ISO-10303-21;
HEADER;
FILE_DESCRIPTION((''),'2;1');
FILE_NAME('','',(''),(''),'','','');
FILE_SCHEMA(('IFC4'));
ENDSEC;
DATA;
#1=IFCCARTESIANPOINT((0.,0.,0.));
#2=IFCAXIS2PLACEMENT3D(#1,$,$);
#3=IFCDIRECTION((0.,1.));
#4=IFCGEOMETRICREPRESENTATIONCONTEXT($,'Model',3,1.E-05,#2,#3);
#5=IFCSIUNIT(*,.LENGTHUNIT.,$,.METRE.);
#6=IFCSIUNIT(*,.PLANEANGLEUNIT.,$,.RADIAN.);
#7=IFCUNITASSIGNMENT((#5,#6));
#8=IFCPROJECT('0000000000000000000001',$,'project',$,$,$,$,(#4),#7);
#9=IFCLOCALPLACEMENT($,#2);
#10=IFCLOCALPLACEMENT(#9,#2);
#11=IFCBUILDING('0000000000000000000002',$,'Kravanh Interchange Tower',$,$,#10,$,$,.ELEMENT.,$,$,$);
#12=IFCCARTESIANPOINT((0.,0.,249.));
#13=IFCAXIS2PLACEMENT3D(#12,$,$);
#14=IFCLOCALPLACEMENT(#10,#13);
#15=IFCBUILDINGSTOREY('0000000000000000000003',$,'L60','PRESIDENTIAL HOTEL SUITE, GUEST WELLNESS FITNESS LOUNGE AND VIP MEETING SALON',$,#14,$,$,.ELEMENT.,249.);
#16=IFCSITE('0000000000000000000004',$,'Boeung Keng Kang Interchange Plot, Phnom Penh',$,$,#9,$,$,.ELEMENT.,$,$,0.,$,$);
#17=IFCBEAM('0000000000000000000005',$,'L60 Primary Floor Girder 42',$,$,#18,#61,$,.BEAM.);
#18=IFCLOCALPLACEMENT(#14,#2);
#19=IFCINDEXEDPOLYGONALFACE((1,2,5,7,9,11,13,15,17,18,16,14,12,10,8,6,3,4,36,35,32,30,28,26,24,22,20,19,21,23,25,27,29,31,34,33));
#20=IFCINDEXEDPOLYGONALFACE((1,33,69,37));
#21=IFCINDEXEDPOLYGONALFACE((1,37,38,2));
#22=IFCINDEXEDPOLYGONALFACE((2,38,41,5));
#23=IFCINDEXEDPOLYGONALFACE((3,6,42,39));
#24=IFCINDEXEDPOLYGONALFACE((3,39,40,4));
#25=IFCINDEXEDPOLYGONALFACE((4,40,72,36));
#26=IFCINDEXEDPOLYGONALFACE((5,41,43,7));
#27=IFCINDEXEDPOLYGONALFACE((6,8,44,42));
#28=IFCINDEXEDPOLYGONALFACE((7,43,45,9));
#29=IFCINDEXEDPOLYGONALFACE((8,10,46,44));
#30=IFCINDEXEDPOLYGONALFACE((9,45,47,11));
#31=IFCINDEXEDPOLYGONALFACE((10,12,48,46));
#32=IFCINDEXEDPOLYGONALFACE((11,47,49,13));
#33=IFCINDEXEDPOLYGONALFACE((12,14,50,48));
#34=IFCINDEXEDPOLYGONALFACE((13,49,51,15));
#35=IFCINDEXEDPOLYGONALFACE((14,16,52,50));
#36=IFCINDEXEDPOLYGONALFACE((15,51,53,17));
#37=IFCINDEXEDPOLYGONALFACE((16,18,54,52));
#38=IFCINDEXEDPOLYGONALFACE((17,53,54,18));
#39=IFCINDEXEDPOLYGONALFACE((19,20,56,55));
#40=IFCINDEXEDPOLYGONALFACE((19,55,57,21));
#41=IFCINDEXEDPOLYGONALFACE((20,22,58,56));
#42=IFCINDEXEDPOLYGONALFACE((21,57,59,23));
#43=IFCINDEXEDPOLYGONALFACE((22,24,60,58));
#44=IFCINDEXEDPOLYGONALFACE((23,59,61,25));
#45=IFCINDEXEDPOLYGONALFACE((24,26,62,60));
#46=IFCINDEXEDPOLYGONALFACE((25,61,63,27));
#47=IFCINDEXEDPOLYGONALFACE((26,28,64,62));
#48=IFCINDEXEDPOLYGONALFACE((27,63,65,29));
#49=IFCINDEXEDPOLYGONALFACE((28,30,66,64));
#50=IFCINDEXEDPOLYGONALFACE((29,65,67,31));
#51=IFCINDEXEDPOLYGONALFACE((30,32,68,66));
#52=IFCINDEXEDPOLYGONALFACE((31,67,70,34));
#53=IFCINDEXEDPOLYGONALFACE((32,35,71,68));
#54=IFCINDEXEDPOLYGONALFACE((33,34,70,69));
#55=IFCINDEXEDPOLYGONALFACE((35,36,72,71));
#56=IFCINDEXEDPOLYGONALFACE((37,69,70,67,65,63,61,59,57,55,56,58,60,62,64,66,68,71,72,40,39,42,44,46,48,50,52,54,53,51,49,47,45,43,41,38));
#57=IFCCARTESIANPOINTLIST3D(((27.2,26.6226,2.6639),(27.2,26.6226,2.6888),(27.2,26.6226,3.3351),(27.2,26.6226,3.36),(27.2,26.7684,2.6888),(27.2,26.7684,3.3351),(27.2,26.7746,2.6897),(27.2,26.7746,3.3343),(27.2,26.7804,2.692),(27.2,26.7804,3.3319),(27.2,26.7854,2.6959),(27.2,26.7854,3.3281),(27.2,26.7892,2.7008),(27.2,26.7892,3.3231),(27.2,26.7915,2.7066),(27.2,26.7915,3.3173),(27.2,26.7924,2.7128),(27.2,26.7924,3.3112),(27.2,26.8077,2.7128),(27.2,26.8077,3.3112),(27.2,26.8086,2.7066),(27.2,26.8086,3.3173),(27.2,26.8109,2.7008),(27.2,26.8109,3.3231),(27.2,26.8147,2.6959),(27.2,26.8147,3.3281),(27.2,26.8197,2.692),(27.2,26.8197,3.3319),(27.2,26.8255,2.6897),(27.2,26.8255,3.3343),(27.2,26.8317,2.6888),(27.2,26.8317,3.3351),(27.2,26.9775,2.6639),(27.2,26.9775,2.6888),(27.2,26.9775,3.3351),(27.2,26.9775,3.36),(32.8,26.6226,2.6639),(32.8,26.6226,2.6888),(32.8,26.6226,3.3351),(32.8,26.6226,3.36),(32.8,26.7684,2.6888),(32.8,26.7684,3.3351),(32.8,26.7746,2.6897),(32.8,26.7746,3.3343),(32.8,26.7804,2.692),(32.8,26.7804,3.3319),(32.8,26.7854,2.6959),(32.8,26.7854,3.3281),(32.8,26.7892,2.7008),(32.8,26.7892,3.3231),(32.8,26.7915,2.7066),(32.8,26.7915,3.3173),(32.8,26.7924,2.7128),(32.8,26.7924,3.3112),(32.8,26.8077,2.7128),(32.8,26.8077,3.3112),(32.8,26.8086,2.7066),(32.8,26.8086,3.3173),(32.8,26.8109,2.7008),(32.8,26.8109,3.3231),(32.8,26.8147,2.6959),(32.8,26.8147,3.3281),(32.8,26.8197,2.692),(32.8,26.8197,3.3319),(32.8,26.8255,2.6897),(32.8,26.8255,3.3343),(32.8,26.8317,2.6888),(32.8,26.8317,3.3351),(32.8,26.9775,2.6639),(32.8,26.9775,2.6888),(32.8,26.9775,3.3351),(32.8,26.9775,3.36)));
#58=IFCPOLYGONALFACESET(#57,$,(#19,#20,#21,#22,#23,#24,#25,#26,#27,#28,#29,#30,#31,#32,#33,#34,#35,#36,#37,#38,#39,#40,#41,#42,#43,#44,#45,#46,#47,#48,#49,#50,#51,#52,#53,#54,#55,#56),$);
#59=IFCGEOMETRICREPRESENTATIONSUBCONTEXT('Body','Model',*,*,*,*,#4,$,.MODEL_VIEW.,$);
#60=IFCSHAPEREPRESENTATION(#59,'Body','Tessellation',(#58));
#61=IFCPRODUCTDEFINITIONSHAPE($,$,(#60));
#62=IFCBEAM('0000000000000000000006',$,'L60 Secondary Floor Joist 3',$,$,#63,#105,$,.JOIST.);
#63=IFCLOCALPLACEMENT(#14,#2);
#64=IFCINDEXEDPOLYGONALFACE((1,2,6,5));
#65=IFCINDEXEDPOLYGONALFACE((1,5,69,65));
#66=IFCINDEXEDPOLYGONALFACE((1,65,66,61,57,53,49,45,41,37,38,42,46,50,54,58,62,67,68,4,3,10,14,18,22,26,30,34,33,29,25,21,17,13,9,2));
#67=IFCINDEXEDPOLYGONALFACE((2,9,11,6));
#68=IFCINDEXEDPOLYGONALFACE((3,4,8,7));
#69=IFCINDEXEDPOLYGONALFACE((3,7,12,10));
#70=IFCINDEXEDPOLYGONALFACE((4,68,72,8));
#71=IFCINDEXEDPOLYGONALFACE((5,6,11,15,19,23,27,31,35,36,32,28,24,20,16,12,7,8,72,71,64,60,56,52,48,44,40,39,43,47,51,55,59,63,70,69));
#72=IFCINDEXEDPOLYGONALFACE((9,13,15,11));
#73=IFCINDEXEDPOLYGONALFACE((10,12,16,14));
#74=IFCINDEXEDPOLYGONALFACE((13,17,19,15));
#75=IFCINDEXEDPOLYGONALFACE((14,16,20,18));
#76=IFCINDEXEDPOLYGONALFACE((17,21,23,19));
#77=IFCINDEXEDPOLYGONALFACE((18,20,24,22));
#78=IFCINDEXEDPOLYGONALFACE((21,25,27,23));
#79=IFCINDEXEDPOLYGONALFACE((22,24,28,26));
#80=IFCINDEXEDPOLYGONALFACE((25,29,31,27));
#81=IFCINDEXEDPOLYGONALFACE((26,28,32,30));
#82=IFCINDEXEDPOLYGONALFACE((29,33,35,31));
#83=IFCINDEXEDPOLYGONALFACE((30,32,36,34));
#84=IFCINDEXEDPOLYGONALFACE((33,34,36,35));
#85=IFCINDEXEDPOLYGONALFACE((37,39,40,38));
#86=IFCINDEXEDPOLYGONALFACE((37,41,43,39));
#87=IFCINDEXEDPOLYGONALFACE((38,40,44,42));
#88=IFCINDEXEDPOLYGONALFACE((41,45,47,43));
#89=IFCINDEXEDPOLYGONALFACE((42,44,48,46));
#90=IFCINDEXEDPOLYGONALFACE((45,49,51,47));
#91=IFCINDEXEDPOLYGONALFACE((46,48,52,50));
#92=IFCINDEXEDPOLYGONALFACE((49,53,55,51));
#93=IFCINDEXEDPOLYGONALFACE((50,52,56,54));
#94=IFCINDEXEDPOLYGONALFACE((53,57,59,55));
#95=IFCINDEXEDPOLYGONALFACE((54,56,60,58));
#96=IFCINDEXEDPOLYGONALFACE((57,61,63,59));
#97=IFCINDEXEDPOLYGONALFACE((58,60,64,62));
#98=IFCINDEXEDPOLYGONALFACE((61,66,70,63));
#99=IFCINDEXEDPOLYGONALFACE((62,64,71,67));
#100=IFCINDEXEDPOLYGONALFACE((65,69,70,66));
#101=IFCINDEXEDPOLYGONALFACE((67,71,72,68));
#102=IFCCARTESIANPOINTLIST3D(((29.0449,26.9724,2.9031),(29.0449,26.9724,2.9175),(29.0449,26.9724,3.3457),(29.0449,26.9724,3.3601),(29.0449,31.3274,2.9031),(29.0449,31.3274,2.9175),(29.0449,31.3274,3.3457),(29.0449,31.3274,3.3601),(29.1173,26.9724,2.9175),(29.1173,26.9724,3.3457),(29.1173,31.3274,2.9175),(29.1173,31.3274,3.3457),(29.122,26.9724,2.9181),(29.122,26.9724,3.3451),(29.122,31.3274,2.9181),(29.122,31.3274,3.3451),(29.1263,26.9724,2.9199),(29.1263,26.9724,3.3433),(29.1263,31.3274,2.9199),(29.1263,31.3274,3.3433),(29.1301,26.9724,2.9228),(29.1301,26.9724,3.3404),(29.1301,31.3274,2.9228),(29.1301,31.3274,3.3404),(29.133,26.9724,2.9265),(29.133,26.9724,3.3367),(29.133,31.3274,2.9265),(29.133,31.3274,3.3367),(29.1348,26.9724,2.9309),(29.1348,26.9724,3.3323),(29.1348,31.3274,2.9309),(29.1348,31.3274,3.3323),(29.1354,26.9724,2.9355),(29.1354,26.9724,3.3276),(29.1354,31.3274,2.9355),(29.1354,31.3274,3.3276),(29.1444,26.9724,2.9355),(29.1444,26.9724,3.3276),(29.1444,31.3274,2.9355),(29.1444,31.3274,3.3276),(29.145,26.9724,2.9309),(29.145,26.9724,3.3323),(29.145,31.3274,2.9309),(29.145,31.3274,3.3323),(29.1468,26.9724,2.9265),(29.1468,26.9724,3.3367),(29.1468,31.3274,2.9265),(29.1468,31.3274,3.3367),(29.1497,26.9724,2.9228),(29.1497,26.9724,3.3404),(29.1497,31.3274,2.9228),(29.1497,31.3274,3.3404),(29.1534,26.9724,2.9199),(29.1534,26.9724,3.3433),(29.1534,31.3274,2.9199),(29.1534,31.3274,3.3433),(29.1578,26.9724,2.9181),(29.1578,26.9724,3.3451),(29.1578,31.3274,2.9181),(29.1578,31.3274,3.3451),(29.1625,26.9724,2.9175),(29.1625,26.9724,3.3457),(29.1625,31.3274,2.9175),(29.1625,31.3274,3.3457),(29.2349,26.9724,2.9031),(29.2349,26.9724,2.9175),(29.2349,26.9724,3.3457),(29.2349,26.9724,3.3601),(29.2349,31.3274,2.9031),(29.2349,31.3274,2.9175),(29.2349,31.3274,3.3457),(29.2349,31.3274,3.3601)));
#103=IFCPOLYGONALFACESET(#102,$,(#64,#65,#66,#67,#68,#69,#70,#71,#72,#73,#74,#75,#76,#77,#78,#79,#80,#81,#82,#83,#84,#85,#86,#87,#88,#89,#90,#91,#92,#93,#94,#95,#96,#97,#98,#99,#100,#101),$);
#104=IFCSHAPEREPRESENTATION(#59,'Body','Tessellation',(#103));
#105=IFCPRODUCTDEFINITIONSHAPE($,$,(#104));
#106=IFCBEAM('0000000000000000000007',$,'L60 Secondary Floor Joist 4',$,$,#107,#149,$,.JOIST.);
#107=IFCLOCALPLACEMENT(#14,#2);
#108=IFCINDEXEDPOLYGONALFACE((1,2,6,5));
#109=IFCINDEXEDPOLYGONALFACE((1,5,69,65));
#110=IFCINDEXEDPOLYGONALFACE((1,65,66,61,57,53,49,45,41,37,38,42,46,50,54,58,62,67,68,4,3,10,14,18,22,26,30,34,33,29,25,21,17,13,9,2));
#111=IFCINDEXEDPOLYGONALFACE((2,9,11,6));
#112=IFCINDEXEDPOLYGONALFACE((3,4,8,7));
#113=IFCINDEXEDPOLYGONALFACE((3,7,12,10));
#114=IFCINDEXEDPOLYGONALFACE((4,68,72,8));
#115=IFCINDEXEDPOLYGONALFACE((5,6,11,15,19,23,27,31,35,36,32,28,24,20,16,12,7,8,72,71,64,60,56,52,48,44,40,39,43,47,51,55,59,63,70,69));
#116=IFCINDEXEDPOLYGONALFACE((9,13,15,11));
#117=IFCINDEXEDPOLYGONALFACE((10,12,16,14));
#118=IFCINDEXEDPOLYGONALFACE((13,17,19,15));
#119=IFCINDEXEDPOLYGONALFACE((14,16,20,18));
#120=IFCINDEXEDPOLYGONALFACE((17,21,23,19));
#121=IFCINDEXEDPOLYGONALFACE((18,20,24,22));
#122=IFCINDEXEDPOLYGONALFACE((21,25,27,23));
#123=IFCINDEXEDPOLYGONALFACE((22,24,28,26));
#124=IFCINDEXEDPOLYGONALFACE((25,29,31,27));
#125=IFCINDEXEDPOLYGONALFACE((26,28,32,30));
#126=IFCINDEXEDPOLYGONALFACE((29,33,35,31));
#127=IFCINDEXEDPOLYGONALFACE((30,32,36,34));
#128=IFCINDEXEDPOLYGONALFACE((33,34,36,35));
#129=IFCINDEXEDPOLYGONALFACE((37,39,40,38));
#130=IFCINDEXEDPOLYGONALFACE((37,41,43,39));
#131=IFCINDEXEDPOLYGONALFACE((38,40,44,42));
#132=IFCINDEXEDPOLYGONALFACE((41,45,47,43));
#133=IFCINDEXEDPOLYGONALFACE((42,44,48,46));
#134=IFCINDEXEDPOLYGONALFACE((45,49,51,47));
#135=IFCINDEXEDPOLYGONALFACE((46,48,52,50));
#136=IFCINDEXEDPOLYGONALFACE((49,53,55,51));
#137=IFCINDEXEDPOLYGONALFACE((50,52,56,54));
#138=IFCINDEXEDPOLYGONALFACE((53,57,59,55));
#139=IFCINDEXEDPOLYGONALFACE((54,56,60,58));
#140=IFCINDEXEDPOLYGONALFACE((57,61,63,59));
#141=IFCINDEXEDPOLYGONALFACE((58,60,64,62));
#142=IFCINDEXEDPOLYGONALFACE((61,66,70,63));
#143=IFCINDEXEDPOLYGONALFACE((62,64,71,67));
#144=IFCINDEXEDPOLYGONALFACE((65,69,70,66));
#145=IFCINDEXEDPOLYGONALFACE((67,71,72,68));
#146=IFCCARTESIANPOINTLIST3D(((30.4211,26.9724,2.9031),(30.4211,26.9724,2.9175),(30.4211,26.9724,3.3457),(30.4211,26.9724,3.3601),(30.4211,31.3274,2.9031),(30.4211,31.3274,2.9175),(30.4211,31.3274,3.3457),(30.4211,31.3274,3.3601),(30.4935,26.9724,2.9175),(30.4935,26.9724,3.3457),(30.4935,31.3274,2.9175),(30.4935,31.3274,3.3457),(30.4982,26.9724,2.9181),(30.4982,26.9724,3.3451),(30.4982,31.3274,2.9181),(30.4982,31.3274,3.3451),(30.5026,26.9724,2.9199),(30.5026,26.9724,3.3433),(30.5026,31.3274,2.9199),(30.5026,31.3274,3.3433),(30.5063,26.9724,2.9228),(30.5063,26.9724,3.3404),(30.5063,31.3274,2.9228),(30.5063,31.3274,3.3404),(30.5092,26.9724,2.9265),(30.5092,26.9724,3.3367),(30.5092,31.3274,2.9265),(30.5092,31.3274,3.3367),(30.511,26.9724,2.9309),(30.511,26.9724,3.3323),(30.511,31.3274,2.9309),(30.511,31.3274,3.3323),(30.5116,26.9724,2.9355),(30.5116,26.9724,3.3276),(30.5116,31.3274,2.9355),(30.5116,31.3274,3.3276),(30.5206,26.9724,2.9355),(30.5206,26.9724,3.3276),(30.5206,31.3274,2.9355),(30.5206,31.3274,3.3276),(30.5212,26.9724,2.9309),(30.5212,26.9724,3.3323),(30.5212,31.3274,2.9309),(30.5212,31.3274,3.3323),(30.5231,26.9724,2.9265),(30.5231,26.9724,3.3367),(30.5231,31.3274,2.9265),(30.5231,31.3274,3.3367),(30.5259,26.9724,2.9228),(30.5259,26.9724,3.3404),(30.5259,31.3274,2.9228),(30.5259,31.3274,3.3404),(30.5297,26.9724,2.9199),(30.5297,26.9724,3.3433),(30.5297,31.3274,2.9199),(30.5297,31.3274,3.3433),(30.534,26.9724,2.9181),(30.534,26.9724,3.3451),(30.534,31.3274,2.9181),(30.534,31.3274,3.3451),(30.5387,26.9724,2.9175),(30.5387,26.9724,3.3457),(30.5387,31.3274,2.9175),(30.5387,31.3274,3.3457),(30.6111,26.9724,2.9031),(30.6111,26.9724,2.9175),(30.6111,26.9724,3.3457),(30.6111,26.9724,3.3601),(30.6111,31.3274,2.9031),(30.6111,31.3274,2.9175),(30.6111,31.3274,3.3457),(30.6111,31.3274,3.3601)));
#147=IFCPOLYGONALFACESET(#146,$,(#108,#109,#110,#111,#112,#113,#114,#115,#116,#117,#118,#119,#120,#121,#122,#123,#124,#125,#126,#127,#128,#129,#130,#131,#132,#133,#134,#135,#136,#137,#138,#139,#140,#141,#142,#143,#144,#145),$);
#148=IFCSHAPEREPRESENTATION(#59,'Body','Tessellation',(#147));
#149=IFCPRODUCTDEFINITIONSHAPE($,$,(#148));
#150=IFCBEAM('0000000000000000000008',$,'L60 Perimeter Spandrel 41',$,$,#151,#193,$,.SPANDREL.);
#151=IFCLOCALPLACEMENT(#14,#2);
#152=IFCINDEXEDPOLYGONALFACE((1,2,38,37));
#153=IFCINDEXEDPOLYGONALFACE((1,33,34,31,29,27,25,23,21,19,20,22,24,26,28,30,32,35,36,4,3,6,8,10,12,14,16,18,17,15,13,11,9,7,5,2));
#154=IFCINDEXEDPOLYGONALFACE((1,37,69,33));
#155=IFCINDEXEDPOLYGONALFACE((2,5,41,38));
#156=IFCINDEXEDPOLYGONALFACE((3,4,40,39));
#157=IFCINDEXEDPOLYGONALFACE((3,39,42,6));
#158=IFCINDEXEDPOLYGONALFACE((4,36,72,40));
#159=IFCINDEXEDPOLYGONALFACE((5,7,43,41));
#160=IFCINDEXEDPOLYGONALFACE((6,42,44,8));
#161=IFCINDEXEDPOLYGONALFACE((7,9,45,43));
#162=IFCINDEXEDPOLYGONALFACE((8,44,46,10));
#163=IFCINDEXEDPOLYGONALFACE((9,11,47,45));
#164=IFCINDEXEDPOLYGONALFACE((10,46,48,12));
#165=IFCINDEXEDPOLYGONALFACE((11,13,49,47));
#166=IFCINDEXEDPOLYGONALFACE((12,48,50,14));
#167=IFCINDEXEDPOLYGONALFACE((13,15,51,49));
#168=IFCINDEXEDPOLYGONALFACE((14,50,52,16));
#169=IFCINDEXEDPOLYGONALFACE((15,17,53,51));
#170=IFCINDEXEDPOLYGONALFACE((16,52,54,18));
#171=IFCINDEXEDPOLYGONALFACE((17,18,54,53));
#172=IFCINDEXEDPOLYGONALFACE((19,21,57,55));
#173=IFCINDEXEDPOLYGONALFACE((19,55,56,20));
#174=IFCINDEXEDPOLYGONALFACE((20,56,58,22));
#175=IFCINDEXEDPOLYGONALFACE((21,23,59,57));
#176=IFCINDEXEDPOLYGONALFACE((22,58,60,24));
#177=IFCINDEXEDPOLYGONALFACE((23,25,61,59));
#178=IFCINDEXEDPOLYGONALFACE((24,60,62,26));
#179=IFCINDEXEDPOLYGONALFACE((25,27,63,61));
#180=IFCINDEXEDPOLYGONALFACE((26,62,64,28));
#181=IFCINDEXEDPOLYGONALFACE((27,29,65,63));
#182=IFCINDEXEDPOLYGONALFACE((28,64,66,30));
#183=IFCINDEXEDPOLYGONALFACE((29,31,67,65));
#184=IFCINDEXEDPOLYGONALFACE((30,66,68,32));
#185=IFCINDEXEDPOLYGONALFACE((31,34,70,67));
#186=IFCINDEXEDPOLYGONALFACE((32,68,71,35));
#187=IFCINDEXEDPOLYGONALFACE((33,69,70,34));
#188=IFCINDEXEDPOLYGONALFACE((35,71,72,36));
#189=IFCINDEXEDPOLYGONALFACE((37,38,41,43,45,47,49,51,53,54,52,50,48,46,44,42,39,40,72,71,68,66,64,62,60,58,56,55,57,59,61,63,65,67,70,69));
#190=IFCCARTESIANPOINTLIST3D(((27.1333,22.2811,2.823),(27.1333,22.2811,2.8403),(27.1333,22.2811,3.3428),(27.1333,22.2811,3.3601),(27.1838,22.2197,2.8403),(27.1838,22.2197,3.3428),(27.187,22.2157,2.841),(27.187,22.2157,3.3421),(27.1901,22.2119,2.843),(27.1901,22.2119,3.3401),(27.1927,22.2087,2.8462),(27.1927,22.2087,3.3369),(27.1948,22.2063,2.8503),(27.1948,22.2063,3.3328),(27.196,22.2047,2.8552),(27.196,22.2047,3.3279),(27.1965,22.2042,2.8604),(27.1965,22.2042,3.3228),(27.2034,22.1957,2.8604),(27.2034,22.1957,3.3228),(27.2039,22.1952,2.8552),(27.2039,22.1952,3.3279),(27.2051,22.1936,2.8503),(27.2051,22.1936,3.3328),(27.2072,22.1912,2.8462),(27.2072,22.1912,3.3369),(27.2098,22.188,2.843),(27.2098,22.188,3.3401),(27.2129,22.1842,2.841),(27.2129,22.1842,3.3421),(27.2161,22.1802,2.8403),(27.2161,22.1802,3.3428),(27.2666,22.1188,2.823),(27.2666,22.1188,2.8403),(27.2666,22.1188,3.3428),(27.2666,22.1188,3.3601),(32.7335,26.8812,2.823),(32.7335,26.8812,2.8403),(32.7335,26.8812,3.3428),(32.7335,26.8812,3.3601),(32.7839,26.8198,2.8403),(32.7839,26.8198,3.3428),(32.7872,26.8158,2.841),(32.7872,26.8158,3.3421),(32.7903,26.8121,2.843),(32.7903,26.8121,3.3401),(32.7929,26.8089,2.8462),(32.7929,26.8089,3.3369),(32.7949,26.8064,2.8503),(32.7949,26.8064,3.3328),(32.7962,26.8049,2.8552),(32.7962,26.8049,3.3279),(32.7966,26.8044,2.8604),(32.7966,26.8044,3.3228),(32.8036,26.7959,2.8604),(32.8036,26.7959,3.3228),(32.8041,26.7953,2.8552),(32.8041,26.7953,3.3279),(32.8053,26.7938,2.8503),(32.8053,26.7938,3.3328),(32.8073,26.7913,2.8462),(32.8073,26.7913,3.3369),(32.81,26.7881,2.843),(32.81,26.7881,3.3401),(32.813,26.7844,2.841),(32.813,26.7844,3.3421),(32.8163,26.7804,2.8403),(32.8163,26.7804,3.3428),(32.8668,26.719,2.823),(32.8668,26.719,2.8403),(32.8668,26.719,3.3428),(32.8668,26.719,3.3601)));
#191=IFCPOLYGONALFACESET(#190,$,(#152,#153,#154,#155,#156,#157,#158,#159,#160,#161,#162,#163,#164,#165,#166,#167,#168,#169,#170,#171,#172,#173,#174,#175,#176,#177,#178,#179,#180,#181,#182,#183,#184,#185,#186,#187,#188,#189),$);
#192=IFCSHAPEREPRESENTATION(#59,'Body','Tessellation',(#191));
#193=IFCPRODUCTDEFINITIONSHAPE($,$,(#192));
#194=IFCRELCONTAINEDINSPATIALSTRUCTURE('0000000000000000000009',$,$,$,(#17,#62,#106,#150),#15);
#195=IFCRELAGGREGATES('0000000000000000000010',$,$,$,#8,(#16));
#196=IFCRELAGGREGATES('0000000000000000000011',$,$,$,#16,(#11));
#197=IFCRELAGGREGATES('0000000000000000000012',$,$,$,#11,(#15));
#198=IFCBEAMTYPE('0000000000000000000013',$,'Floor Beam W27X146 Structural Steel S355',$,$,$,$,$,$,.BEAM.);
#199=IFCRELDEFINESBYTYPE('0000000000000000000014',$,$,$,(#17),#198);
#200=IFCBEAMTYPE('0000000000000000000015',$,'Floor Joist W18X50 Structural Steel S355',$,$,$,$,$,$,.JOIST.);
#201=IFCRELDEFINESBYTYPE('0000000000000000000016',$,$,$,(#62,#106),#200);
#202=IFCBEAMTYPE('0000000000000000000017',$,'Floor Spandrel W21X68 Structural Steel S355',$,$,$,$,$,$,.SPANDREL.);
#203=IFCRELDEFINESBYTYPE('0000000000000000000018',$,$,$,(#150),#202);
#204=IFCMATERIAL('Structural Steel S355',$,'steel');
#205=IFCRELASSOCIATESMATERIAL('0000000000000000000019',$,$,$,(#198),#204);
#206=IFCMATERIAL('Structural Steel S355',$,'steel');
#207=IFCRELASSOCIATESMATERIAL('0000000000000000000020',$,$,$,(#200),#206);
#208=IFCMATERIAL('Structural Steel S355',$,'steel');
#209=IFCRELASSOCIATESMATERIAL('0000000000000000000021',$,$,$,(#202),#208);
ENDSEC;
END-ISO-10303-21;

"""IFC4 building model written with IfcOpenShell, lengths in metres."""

from ifc_helpers import new_model, si_unit, direction, frame, origin, origin_2d, place, context, subcontext, project, spatial, i_section, extrude, material, material_profile, profile_set, type_object, element, save


model = new_model("IFC4")

# Units and contexts
model_context = context("Model", 3, precision=1e-05, world=origin(), true_north=direction((0.0, 1.0)))
body_context = subcontext(model_context, "Body", "Model", "MODEL_VIEW")
ifc_project = project(units=[si_unit("LENGTHUNIT", "METRE"), si_unit("PLANEANGLEUNIT", "RADIAN")], contexts=[model_context])

# Site, building, storey
site_placement = place(None, origin())
site = spatial("IfcSite", under=ifc_project, at=site_placement, Name="Boeung Keng Kang Interchange Plot, Phnom Penh", CompositionType="ELEMENT", RefElevation=0.0)
building_placement = place(site_placement, origin())
building = spatial("IfcBuilding", under=site, at=building_placement, Name="Kravanh Interchange Tower", CompositionType="ELEMENT")
storey_placement = place(building_placement, frame((0.0, 0.0, 249.0)))
storey = spatial("IfcBuildingStorey", under=building, at=storey_placement, Name="L60", Description="PRESIDENTIAL HOTEL SUITE, GUEST WELLNESS FITNESS LOUNGE AND VIP MEETING SALON", CompositionType="ELEMENT", Elevation=249.0)

# Beams
ifc_material_1 = material(Name="Structural Steel S355", Category="steel")
ifc_material_profile_1 = material_profile(ifc_material_1, i_section(OverallWidth=0.355, OverallDepth=0.696, WebThickness=0.0154, FlangeThickness=0.0249, FilletRadius=0.0239, at=origin_2d()), Name="W27X146")
ifc_profile_set_1 = profile_set([ifc_material_profile_1], Name="Structural Steel S355")
beam_type_1 = type_object("IfcBeamType", Name="Floor Beam W27X146 Structural Steel S355", PredefinedType="BEAM", material=ifc_profile_set_1)
beam_1_placement = place(storey_placement, frame((27.2, 26.8, 3.012), z_axis=(1.0, 0.0, 0.0), x_axis=(0.0, 1.0, 0.0)))
element("IfcBeam", 1, at=beam_1_placement, inside=storey, type_object=beam_type_1, Name="L60 Primary Floor Girder 42", PredefinedType="BEAM", context=body_context, shape_type="SweptSolid", body=[
    extrude(i_section(OverallWidth=0.355, OverallDepth=0.696, WebThickness=0.0154, FlangeThickness=0.0249, FilletRadius=0.0239, at=origin_2d()), origin(), (0.0, 0.0, 1.0), 5.6001),
])
ifc_material_2 = material(Name="Structural Steel S355", Category="steel")
ifc_material_profile_2 = material_profile(ifc_material_2, i_section(OverallWidth=0.1899, OverallDepth=0.457, WebThickness=0.009, FlangeThickness=0.0144, FilletRadius=0.0181, at=origin_2d()), Name="W18X50")
ifc_profile_set_2 = profile_set([ifc_material_profile_2], Name="Structural Steel S355")
beam_type_2 = type_object("IfcBeamType", Name="Floor Joist W18X50 Structural Steel S355", PredefinedType="JOIST", material=ifc_profile_set_2)
for number, where, z_axis, x_axis, name in (
    (2, (29.1399, 26.9724, 3.1316), (0.0, 1.0, 0.0), (-1.0, 0.0, 0.0), "L60 Secondary Floor Joist 3"),
    (3, (30.5161, 26.9724, 3.1316), (0.0, 1.0, 0.0), (-1.0, 0.0, 0.0), "L60 Secondary Floor Joist 4"),
):
    element("IfcBeam", number, at=place(storey_placement, frame(where, z_axis=z_axis, x_axis=x_axis)), inside=storey, type_object=beam_type_2, Name=name, PredefinedType="JOIST", context=body_context, shape_type="SweptSolid", body=[
        extrude(i_section(OverallWidth=0.1899, OverallDepth=0.457, WebThickness=0.009, FlangeThickness=0.0144, FilletRadius=0.0181, at=origin_2d()), origin(), (0.0, 0.0, 1.0), 4.355),
    ])
ifc_material_3 = material(Name="Structural Steel S355", Category="steel")
ifc_material_profile_3 = material_profile(ifc_material_3, i_section(OverallWidth=0.21, OverallDepth=0.5371, WebThickness=0.011, FlangeThickness=0.0173, FilletRadius=0.02, at=origin_2d()), Name="W21X68")
ifc_profile_set_3 = profile_set([ifc_material_profile_3], Name="Structural Steel S355")
beam_type_3 = type_object("IfcBeamType", Name="Floor Spandrel W21X68 Structural Steel S355", PredefinedType="SPANDREL", material=ifc_profile_set_3)
beam_2_placement = place(storey_placement, frame((27.2, 22.2, 3.0916), z_axis=(0.772725, 0.634741, 0.0), x_axis=(-0.634741, 0.772725, 0.0)))
element("IfcBeam", 4, at=beam_2_placement, inside=storey, type_object=beam_type_3, Name="L60 Perimeter Spandrel 41", PredefinedType="SPANDREL", context=body_context, shape_type="SweptSolid", body=[
    extrude(i_section(OverallWidth=0.21, OverallDepth=0.5371, WebThickness=0.011, FlangeThickness=0.0173, FilletRadius=0.02, at=origin_2d()), origin(), (0.0, 0.0, 1.0), 7.2473),
])

save(model, "model.ifc")
